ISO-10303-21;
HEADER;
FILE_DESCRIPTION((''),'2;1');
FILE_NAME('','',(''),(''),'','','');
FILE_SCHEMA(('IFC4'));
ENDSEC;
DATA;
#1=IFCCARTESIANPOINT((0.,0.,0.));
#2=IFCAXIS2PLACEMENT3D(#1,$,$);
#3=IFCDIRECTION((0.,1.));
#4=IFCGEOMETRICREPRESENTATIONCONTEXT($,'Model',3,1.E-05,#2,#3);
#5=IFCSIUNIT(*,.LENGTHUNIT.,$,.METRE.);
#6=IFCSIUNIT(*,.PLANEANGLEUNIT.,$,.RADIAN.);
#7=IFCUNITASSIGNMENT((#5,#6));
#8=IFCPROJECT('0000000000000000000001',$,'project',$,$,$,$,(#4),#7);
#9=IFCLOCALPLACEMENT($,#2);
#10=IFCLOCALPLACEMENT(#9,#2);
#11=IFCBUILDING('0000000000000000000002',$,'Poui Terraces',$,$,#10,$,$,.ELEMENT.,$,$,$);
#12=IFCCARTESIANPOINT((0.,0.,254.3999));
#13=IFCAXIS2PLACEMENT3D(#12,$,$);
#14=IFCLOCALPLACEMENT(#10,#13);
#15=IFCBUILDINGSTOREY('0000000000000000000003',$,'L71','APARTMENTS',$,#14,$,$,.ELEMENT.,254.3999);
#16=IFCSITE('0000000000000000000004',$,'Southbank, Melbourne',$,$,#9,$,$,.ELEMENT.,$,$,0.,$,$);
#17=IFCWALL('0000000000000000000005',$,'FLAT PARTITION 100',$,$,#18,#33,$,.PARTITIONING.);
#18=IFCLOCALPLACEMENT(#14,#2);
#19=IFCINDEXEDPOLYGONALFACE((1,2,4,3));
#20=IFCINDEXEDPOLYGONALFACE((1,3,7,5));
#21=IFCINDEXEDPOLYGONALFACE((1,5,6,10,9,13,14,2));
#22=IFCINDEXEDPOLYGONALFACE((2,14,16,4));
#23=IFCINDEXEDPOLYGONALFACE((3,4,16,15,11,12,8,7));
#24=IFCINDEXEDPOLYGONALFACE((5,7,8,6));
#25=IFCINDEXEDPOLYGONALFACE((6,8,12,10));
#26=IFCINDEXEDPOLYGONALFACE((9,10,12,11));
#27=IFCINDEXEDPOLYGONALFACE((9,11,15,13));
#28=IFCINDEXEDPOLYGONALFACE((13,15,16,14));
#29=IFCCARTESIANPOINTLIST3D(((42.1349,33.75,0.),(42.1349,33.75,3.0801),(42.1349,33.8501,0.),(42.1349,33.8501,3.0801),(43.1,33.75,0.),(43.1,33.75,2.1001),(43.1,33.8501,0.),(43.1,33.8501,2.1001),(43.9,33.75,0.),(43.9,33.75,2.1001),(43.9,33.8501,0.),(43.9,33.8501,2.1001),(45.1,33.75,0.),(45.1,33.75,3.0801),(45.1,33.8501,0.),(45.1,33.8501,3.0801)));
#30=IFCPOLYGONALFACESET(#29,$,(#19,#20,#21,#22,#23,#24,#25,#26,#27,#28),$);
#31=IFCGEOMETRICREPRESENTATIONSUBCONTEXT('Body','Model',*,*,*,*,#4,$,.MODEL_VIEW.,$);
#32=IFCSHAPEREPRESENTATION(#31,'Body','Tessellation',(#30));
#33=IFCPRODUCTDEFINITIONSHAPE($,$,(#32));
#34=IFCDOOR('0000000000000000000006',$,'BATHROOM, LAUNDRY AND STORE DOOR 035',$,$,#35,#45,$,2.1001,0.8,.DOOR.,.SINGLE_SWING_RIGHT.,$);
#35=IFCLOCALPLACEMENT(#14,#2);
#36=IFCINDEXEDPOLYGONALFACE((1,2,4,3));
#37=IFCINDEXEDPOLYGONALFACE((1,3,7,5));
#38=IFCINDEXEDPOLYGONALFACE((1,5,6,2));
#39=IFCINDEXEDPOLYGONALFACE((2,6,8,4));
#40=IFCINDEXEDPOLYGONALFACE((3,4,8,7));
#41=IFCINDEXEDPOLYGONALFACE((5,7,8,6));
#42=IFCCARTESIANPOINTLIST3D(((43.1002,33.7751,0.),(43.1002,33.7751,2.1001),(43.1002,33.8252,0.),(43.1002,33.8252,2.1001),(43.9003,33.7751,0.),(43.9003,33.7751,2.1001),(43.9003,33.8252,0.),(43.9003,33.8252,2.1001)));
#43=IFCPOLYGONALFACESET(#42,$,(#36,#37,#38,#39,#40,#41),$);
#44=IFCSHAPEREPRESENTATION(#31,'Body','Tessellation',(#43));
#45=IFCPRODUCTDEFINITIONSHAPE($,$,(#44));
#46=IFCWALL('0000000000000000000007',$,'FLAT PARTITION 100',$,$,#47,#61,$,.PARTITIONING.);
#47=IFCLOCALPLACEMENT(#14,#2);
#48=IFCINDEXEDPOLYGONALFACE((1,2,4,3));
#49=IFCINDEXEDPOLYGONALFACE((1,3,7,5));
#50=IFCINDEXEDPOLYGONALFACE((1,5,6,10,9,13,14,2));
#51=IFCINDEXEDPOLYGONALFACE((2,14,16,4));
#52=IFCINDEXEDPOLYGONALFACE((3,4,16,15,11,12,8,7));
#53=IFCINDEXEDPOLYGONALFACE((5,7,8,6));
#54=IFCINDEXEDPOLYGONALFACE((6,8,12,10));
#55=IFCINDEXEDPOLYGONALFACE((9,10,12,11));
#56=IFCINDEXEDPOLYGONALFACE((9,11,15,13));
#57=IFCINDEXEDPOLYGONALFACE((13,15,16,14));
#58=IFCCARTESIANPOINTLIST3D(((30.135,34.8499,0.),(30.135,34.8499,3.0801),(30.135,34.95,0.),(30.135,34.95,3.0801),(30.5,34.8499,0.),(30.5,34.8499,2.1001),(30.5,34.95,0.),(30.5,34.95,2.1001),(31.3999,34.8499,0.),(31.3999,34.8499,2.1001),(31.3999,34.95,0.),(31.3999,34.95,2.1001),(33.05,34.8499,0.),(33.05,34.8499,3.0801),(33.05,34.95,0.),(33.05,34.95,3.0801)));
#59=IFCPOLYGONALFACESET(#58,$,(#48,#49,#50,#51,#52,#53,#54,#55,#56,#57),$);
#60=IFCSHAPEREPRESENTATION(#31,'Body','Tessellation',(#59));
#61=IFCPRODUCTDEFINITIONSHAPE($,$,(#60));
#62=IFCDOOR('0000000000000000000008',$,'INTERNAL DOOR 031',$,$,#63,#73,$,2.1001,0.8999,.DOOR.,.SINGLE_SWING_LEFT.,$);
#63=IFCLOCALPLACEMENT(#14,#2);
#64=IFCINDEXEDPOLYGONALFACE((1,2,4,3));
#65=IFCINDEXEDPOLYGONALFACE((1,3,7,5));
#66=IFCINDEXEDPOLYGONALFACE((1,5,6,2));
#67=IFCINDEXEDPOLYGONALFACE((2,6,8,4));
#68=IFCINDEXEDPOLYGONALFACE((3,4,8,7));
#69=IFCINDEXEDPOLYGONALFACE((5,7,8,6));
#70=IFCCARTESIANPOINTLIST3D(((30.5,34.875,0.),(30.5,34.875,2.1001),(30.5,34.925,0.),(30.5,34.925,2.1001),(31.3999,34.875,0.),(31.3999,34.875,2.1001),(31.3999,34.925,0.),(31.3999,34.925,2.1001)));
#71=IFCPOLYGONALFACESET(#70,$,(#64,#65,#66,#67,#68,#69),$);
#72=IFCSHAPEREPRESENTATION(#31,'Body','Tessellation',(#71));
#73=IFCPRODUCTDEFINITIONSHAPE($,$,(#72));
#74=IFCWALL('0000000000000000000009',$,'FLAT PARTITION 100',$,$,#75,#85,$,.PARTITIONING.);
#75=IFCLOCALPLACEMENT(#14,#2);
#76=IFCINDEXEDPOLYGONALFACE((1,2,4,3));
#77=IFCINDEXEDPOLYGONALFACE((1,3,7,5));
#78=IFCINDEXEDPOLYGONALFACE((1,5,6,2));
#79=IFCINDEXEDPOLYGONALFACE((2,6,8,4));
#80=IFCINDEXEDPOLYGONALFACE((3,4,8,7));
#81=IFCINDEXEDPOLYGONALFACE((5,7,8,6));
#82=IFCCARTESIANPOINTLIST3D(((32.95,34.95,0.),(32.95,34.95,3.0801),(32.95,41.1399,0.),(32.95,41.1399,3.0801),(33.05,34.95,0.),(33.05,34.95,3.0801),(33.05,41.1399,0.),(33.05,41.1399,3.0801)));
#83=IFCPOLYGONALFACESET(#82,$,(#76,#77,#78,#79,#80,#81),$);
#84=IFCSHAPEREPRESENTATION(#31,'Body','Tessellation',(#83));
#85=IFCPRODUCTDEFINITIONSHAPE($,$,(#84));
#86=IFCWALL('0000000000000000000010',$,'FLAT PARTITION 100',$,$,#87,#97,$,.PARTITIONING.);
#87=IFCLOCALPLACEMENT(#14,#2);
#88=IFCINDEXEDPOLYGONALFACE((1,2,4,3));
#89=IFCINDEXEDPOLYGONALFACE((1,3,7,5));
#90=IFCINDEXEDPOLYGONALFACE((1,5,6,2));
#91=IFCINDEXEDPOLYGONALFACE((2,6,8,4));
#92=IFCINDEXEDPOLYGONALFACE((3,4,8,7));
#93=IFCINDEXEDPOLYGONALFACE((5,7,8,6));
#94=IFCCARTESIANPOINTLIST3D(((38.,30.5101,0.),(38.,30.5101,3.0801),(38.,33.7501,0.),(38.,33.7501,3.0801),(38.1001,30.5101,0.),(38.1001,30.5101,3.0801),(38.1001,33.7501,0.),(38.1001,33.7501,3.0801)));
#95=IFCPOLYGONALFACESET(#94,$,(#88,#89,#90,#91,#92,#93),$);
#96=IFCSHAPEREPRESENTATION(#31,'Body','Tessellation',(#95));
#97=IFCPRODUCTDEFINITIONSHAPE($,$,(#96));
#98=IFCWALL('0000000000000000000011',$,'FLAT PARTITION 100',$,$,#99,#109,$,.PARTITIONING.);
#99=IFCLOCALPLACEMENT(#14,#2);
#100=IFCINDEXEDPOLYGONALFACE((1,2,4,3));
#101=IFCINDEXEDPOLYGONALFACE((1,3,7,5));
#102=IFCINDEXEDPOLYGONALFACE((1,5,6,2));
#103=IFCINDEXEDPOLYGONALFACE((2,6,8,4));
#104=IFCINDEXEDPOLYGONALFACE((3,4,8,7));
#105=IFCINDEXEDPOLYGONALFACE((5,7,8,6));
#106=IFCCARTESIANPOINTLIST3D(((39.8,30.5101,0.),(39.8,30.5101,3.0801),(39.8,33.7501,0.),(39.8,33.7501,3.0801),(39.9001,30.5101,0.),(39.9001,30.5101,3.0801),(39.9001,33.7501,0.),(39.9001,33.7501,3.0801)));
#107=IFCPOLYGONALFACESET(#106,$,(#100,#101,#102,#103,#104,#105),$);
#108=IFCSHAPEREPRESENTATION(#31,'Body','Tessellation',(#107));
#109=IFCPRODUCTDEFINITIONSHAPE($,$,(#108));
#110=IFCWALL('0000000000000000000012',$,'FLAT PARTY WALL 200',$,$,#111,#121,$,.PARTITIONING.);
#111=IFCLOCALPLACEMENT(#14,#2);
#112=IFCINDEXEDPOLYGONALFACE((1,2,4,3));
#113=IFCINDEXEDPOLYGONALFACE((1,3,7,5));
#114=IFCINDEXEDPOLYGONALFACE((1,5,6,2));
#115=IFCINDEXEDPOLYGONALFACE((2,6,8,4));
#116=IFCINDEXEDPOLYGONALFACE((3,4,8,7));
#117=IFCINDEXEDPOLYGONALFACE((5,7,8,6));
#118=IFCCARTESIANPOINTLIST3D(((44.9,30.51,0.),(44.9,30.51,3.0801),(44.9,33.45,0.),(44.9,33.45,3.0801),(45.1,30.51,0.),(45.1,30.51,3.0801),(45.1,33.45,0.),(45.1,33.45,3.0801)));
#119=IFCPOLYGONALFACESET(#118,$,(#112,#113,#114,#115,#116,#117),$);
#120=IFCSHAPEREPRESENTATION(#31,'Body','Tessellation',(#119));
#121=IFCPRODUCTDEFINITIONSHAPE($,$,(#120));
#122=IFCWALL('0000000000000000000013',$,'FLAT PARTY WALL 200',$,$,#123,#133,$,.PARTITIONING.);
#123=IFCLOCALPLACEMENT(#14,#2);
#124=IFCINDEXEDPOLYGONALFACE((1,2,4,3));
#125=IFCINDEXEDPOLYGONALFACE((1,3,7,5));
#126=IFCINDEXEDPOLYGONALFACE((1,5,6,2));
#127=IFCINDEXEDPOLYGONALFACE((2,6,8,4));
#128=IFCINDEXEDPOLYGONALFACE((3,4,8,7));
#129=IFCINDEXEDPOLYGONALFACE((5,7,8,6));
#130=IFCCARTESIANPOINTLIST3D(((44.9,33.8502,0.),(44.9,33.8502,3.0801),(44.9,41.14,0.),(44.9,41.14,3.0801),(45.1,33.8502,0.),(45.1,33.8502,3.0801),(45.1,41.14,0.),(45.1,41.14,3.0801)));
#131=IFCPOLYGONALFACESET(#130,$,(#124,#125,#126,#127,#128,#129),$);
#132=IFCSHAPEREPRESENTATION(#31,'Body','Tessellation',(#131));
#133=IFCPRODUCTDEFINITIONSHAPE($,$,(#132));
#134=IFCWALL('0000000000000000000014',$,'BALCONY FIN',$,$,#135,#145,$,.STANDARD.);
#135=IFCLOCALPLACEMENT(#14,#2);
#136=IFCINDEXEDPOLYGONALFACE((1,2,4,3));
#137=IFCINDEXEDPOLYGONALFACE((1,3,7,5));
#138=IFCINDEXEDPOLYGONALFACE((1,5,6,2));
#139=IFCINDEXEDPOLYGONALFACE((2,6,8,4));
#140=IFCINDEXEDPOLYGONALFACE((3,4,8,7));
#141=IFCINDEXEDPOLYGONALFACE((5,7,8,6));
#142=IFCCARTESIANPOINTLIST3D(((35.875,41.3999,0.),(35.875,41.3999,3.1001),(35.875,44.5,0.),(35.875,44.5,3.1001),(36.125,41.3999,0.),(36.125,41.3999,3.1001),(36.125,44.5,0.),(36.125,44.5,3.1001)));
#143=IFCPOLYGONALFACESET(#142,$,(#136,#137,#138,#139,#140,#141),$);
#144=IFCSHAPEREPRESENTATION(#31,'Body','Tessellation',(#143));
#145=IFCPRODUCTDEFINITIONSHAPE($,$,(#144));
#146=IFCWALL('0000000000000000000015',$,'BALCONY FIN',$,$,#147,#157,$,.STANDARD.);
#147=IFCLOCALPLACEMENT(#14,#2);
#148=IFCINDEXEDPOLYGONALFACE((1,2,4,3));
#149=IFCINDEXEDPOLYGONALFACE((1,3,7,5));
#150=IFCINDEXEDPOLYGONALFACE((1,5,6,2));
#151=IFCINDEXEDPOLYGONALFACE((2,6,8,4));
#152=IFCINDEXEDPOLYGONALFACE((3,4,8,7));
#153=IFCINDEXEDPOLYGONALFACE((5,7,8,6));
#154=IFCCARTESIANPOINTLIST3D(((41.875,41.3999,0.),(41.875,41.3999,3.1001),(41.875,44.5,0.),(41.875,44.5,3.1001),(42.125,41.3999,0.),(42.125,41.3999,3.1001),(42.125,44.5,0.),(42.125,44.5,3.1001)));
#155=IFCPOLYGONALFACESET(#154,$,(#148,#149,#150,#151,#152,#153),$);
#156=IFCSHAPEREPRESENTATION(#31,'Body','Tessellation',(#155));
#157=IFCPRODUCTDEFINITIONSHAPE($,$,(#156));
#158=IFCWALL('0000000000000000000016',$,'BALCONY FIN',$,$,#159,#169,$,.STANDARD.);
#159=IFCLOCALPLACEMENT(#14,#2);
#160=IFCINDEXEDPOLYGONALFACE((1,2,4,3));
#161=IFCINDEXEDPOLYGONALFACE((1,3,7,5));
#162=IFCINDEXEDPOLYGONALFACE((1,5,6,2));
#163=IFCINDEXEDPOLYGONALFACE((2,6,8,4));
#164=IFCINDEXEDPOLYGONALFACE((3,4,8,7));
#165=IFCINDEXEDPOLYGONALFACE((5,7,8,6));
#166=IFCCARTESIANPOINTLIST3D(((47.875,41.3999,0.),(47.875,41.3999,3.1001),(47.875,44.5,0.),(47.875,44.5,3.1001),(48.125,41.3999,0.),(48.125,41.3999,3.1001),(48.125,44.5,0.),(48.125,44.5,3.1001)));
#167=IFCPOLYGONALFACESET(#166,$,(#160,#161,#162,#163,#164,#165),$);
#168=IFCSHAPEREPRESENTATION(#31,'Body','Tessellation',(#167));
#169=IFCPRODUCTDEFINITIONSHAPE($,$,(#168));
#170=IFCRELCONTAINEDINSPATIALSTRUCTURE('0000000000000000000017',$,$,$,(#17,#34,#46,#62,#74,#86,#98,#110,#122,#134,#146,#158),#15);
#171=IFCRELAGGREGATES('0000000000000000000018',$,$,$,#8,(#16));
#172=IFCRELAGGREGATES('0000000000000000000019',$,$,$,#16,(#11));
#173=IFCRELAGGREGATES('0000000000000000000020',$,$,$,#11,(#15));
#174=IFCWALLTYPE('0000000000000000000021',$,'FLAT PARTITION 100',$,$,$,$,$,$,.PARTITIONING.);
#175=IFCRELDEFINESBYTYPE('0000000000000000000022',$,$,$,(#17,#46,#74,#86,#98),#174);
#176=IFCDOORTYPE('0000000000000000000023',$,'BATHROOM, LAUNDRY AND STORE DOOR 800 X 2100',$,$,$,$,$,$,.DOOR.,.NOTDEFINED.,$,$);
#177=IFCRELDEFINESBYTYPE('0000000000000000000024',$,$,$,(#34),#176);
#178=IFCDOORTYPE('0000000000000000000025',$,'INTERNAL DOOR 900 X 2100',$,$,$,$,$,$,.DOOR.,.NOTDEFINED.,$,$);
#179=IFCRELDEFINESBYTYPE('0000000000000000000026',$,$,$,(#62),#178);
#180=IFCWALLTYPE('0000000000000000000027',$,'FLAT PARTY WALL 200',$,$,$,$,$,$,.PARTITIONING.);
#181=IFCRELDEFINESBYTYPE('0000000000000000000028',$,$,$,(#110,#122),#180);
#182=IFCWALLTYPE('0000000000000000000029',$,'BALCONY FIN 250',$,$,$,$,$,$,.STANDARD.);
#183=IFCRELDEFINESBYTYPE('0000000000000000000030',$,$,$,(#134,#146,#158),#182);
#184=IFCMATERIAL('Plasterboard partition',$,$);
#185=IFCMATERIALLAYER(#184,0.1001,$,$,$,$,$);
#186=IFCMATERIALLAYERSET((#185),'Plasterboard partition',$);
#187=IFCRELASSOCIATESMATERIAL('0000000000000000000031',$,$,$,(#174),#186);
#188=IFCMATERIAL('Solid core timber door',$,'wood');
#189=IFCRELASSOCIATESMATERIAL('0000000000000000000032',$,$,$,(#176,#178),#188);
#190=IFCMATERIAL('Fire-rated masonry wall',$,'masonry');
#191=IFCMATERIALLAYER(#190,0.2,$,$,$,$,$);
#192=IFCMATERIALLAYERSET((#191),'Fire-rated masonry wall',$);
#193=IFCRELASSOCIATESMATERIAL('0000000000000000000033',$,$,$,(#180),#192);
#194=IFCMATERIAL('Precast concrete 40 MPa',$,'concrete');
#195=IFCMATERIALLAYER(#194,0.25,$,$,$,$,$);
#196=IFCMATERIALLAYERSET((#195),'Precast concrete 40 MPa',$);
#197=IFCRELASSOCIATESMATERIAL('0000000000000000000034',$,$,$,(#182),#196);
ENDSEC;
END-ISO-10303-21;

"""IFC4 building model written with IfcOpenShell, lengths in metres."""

from ifc_helpers import new_model, si_unit, direction, frame, frame_2d, origin, place, context, subcontext, project, spatial, polyline, rectangle, outline, extrude, source, transform, mapped, material, layer, layer_set, type_object, element, fill, save


model = new_model("IFC4")

# Units and contexts
model_context = context("Model", 3, precision=1e-05, world=origin(), true_north=direction((0.0, 1.0)))
body_context = subcontext(model_context, "Body", "Model", "MODEL_VIEW")
ifc_project = project(units=[si_unit("LENGTHUNIT", "METRE"), si_unit("PLANEANGLEUNIT", "RADIAN")], contexts=[model_context])

# Site, building, storey
site_placement = place(None, origin())
site = spatial("IfcSite", under=ifc_project, at=site_placement, Name="Southbank, Melbourne", CompositionType="ELEMENT", RefElevation=0.0)
building_placement = place(site_placement, origin())
building = spatial("IfcBuilding", under=site, at=building_placement, Name="Poui Terraces", CompositionType="ELEMENT")
storey_placement = place(building_placement, frame((0.0, 0.0, 254.3999)))
storey = spatial("IfcBuildingStorey", under=building, at=storey_placement, Name="L71", Description="APARTMENTS", CompositionType="ELEMENT", Elevation=254.3999)

# Walls, openings, doors
ifc_material_1 = material(Name="Plasterboard partition")
ifc_layer_1 = layer(ifc_material_1, 0.1001)
ifc_layer_set_1 = layer_set([ifc_layer_1], Name="Plasterboard partition")
wall_type_1 = type_object("IfcWallType", Name="FLAT PARTITION 100", PredefinedType="PARTITIONING", material=ifc_layer_set_1)
ifc_material_2 = material(Name="Solid core timber door", Category="wood")
door_type_1 = type_object("IfcDoorType", Name="BATHROOM, LAUNDRY AND STORE DOOR 800 X 2100", OperationType="NOTDEFINED", PredefinedType="DOOR", material=ifc_material_2)
door_type_2 = type_object("IfcDoorType", Name="INTERNAL DOOR 900 X 2100", OperationType="NOTDEFINED", PredefinedType="DOOR", material=ifc_material_2)
wall_1_placement = place(storey_placement, frame((42.135, 33.8, 0.0), z_axis=(0.0, 0.0, 1.0), x_axis=(1.0, 0.0, 0.0)))
wall_1 = element("IfcWall", 1, at=wall_1_placement, inside=storey, type_object=wall_type_1, Name="FLAT PARTITION 100", PredefinedType="PARTITIONING", context=body_context, shape_type="SweptSolid", body=[
    extrude(rectangle(XDim=2.9651, YDim=0.1001, at=frame_2d((1.4824, 0.0))), origin(), (0.0, 0.0, 1.0), 3.0801),
])
opening_1_placement = place(wall_1_placement, frame((0.9651, 0.0, 0.0)))
opening_1 = element("IfcOpeningElement", 2, at=opening_1_placement, cuts=wall_1, PredefinedType="OPENING", context=body_context, shape_type="SweptSolid", body=[
    extrude(rectangle(XDim=0.8, YDim=2.1001, at=frame_2d((0.3999, 1.05))), frame((0.0, 0.0601, 0.0), z_axis=(0.0, -1.0, 0.0), x_axis=(1.0, 0.0, 0.0)), (0.0, 0.0, 1.0), 0.1201),
])
door_1_placement = place(opening_1_placement, frame((0.8, 0.0, 0.0), z_axis=(0.0, 0.0, 1.0), x_axis=(-1.0, 0.0, 0.0)))
door_1 = element("IfcDoor", 3, at=door_1_placement, inside=storey, type_object=door_type_1, Name="BATHROOM, LAUNDRY AND STORE DOOR 035", OperationType="SINGLE_SWING_RIGHT", OverallHeight=2.1001, OverallWidth=0.8, PredefinedType="DOOR", context=body_context, shape_type="SweptSolid", body=[
    extrude(rectangle(XDim=0.8, YDim=2.1001, at=frame_2d((0.3999, 1.05))), frame((0.0, 0.0249, 0.0), z_axis=(0.0, -1.0, 0.0), x_axis=(1.0, 0.0, 0.0)), (0.0, 0.0, 1.0), 0.05),
])
fill(opening_1, door_1)
wall_2_placement = place(storey_placement, frame((30.135, 34.8999, 0.0), z_axis=(0.0, 0.0, 1.0), x_axis=(1.0, 0.0, 0.0)))
wall_2 = element("IfcWall", 4, at=wall_2_placement, inside=storey, type_object=wall_type_1, Name="FLAT PARTITION 100", PredefinedType="PARTITIONING", context=body_context, shape_type="SweptSolid", body=[
    extrude(rectangle(XDim=2.915, YDim=0.1001, at=frame_2d((1.4575, 0.0))), origin(), (0.0, 0.0, 1.0), 3.0801),
])
opening_2_placement = place(wall_2_placement, frame((0.365, 0.0, 0.0)))
opening_2 = element("IfcOpeningElement", 5, at=opening_2_placement, cuts=wall_2, PredefinedType="OPENING", context=body_context, shape_type="SweptSolid", body=[
    extrude(rectangle(XDim=0.8999, YDim=2.1001, at=frame_2d((0.45, 1.05))), frame((0.0, 0.0601, 0.0), z_axis=(0.0, -1.0, 0.0), x_axis=(1.0, 0.0, 0.0)), (0.0, 0.0, 1.0), 0.1201),
])
door_2_placement = place(opening_2_placement, frame((0.8999, 0.0, 0.0), z_axis=(0.0, 0.0, 1.0), x_axis=(-1.0, 0.0, 0.0)))
door_2 = element("IfcDoor", 6, at=door_2_placement, inside=storey, type_object=door_type_2, Name="INTERNAL DOOR 031", OperationType="SINGLE_SWING_LEFT", OverallHeight=2.1001, OverallWidth=0.8999, PredefinedType="DOOR", context=body_context, shape_type="SweptSolid", body=[
    extrude(rectangle(XDim=0.8999, YDim=2.1001, at=frame_2d((0.45, 1.05))), frame((0.0, 0.0249, 0.0), z_axis=(0.0, -1.0, 0.0), x_axis=(1.0, 0.0, 0.0)), (0.0, 0.0, 1.0), 0.05),
])
fill(opening_2, door_2)

# Walls
wall_3_placement = place(storey_placement, frame((33.0, 34.95, 0.0), z_axis=(0.0, 0.0, 1.0), x_axis=(0.0, 1.0, 0.0)))
element("IfcWall", 7, at=wall_3_placement, inside=storey, type_object=wall_type_1, Name="FLAT PARTITION 100", PredefinedType="PARTITIONING", context=body_context, shape_type="SweptSolid", body=[
    extrude(rectangle(XDim=6.1899, YDim=0.1001, at=frame_2d((3.095, 0.0))), origin(), (0.0, 0.0, 1.0), 3.0801),
])
for number, where, z_axis, x_axis, name in (
    (8, (38.05, 30.51, 0.0), (0.0, 0.0, 1.0), (0.0, 1.0, 0.0), "FLAT PARTITION 100"),
    (9, (39.8501, 30.51, 0.0), (0.0, 0.0, 1.0), (0.0, 1.0, 0.0), "FLAT PARTITION 100"),
):
    element("IfcWall", number, at=place(storey_placement, frame(where, z_axis=z_axis, x_axis=x_axis)), inside=storey, type_object=wall_type_1, Name=name, PredefinedType="PARTITIONING", context=body_context, shape_type="SweptSolid", body=[
        extrude(rectangle(XDim=3.24, YDim=0.1001, at=frame_2d((1.6201, 0.0))), origin(), (0.0, 0.0, 1.0), 3.0801),
    ])
ifc_material_3 = material(Name="Fire-rated masonry wall", Category="masonry")
ifc_layer_2 = layer(ifc_material_3, 0.2)
ifc_layer_set_2 = layer_set([ifc_layer_2], Name="Fire-rated masonry wall")
wall_type_2 = type_object("IfcWallType", Name="FLAT PARTY WALL 200", PredefinedType="PARTITIONING", material=ifc_layer_set_2)
wall_4_placement = place(storey_placement, frame((45.0, 30.51, 0.0), z_axis=(0.0, 0.0, 1.0), x_axis=(0.0, 1.0, 0.0)))
element("IfcWall", 10, at=wall_4_placement, inside=storey, type_object=wall_type_2, Name="FLAT PARTY WALL 200", PredefinedType="PARTITIONING", context=body_context, shape_type="SweptSolid", body=[
    extrude(rectangle(XDim=2.9399, YDim=0.2, at=frame_2d((1.47, 0.0))), origin(), (0.0, 0.0, 1.0), 3.0801),
])
wall_5_placement = place(storey_placement, frame((45.0, 33.8501, 0.0), z_axis=(0.0, 0.0, 1.0), x_axis=(0.0, 1.0, 0.0)))
element("IfcWall", 11, at=wall_5_placement, inside=storey, type_object=wall_type_2, Name="FLAT PARTY WALL 200", PredefinedType="PARTITIONING", context=body_context, shape_type="SweptSolid", body=[
    extrude(rectangle(XDim=7.2898, YDim=0.2, at=frame_2d((3.645, 0.0))), origin(), (0.0, 0.0, 1.0), 3.0801),
])
ifc_material_4 = material(Name="Precast concrete 40 MPa", Category="concrete")
ifc_layer_3 = layer(ifc_material_4, 0.25)
ifc_layer_set_3 = layer_set([ifc_layer_3], Name="Precast concrete 40 MPa")
wall_type_3 = type_object("IfcWallType", Name="BALCONY FIN 250", PredefinedType="STANDARD", material=ifc_layer_set_3)
shared_shape_1 = source(origin(), body_context, "Body", "SweptSolid", [
    extrude(outline(polyline([(0.0, 0.0), (0.25, 0.0), (0.25, 3.1001), (0.0, 3.1001), (0.0, 0.0)])), origin(), (0.0, 0.0, 1.0), 3.1001),
])
for number, where, name in (
    (12, (35.875, 41.3999, 0.0), "BALCONY FIN"),
    (13, (41.875, 41.3999, 0.0), "BALCONY FIN"),
    (14, (47.875, 41.3999, 0.0), "BALCONY FIN"),
):
    element("IfcWall", number, at=place(storey_placement, frame(where)), inside=storey, type_object=wall_type_3, Name=name, PredefinedType="STANDARD", context=body_context, shape_type="MappedRepresentation", body=[
        mapped(shared_shape_1, transform((0.0, 0.0, 0.0))),
    ])

save(model, "model.ifc")
